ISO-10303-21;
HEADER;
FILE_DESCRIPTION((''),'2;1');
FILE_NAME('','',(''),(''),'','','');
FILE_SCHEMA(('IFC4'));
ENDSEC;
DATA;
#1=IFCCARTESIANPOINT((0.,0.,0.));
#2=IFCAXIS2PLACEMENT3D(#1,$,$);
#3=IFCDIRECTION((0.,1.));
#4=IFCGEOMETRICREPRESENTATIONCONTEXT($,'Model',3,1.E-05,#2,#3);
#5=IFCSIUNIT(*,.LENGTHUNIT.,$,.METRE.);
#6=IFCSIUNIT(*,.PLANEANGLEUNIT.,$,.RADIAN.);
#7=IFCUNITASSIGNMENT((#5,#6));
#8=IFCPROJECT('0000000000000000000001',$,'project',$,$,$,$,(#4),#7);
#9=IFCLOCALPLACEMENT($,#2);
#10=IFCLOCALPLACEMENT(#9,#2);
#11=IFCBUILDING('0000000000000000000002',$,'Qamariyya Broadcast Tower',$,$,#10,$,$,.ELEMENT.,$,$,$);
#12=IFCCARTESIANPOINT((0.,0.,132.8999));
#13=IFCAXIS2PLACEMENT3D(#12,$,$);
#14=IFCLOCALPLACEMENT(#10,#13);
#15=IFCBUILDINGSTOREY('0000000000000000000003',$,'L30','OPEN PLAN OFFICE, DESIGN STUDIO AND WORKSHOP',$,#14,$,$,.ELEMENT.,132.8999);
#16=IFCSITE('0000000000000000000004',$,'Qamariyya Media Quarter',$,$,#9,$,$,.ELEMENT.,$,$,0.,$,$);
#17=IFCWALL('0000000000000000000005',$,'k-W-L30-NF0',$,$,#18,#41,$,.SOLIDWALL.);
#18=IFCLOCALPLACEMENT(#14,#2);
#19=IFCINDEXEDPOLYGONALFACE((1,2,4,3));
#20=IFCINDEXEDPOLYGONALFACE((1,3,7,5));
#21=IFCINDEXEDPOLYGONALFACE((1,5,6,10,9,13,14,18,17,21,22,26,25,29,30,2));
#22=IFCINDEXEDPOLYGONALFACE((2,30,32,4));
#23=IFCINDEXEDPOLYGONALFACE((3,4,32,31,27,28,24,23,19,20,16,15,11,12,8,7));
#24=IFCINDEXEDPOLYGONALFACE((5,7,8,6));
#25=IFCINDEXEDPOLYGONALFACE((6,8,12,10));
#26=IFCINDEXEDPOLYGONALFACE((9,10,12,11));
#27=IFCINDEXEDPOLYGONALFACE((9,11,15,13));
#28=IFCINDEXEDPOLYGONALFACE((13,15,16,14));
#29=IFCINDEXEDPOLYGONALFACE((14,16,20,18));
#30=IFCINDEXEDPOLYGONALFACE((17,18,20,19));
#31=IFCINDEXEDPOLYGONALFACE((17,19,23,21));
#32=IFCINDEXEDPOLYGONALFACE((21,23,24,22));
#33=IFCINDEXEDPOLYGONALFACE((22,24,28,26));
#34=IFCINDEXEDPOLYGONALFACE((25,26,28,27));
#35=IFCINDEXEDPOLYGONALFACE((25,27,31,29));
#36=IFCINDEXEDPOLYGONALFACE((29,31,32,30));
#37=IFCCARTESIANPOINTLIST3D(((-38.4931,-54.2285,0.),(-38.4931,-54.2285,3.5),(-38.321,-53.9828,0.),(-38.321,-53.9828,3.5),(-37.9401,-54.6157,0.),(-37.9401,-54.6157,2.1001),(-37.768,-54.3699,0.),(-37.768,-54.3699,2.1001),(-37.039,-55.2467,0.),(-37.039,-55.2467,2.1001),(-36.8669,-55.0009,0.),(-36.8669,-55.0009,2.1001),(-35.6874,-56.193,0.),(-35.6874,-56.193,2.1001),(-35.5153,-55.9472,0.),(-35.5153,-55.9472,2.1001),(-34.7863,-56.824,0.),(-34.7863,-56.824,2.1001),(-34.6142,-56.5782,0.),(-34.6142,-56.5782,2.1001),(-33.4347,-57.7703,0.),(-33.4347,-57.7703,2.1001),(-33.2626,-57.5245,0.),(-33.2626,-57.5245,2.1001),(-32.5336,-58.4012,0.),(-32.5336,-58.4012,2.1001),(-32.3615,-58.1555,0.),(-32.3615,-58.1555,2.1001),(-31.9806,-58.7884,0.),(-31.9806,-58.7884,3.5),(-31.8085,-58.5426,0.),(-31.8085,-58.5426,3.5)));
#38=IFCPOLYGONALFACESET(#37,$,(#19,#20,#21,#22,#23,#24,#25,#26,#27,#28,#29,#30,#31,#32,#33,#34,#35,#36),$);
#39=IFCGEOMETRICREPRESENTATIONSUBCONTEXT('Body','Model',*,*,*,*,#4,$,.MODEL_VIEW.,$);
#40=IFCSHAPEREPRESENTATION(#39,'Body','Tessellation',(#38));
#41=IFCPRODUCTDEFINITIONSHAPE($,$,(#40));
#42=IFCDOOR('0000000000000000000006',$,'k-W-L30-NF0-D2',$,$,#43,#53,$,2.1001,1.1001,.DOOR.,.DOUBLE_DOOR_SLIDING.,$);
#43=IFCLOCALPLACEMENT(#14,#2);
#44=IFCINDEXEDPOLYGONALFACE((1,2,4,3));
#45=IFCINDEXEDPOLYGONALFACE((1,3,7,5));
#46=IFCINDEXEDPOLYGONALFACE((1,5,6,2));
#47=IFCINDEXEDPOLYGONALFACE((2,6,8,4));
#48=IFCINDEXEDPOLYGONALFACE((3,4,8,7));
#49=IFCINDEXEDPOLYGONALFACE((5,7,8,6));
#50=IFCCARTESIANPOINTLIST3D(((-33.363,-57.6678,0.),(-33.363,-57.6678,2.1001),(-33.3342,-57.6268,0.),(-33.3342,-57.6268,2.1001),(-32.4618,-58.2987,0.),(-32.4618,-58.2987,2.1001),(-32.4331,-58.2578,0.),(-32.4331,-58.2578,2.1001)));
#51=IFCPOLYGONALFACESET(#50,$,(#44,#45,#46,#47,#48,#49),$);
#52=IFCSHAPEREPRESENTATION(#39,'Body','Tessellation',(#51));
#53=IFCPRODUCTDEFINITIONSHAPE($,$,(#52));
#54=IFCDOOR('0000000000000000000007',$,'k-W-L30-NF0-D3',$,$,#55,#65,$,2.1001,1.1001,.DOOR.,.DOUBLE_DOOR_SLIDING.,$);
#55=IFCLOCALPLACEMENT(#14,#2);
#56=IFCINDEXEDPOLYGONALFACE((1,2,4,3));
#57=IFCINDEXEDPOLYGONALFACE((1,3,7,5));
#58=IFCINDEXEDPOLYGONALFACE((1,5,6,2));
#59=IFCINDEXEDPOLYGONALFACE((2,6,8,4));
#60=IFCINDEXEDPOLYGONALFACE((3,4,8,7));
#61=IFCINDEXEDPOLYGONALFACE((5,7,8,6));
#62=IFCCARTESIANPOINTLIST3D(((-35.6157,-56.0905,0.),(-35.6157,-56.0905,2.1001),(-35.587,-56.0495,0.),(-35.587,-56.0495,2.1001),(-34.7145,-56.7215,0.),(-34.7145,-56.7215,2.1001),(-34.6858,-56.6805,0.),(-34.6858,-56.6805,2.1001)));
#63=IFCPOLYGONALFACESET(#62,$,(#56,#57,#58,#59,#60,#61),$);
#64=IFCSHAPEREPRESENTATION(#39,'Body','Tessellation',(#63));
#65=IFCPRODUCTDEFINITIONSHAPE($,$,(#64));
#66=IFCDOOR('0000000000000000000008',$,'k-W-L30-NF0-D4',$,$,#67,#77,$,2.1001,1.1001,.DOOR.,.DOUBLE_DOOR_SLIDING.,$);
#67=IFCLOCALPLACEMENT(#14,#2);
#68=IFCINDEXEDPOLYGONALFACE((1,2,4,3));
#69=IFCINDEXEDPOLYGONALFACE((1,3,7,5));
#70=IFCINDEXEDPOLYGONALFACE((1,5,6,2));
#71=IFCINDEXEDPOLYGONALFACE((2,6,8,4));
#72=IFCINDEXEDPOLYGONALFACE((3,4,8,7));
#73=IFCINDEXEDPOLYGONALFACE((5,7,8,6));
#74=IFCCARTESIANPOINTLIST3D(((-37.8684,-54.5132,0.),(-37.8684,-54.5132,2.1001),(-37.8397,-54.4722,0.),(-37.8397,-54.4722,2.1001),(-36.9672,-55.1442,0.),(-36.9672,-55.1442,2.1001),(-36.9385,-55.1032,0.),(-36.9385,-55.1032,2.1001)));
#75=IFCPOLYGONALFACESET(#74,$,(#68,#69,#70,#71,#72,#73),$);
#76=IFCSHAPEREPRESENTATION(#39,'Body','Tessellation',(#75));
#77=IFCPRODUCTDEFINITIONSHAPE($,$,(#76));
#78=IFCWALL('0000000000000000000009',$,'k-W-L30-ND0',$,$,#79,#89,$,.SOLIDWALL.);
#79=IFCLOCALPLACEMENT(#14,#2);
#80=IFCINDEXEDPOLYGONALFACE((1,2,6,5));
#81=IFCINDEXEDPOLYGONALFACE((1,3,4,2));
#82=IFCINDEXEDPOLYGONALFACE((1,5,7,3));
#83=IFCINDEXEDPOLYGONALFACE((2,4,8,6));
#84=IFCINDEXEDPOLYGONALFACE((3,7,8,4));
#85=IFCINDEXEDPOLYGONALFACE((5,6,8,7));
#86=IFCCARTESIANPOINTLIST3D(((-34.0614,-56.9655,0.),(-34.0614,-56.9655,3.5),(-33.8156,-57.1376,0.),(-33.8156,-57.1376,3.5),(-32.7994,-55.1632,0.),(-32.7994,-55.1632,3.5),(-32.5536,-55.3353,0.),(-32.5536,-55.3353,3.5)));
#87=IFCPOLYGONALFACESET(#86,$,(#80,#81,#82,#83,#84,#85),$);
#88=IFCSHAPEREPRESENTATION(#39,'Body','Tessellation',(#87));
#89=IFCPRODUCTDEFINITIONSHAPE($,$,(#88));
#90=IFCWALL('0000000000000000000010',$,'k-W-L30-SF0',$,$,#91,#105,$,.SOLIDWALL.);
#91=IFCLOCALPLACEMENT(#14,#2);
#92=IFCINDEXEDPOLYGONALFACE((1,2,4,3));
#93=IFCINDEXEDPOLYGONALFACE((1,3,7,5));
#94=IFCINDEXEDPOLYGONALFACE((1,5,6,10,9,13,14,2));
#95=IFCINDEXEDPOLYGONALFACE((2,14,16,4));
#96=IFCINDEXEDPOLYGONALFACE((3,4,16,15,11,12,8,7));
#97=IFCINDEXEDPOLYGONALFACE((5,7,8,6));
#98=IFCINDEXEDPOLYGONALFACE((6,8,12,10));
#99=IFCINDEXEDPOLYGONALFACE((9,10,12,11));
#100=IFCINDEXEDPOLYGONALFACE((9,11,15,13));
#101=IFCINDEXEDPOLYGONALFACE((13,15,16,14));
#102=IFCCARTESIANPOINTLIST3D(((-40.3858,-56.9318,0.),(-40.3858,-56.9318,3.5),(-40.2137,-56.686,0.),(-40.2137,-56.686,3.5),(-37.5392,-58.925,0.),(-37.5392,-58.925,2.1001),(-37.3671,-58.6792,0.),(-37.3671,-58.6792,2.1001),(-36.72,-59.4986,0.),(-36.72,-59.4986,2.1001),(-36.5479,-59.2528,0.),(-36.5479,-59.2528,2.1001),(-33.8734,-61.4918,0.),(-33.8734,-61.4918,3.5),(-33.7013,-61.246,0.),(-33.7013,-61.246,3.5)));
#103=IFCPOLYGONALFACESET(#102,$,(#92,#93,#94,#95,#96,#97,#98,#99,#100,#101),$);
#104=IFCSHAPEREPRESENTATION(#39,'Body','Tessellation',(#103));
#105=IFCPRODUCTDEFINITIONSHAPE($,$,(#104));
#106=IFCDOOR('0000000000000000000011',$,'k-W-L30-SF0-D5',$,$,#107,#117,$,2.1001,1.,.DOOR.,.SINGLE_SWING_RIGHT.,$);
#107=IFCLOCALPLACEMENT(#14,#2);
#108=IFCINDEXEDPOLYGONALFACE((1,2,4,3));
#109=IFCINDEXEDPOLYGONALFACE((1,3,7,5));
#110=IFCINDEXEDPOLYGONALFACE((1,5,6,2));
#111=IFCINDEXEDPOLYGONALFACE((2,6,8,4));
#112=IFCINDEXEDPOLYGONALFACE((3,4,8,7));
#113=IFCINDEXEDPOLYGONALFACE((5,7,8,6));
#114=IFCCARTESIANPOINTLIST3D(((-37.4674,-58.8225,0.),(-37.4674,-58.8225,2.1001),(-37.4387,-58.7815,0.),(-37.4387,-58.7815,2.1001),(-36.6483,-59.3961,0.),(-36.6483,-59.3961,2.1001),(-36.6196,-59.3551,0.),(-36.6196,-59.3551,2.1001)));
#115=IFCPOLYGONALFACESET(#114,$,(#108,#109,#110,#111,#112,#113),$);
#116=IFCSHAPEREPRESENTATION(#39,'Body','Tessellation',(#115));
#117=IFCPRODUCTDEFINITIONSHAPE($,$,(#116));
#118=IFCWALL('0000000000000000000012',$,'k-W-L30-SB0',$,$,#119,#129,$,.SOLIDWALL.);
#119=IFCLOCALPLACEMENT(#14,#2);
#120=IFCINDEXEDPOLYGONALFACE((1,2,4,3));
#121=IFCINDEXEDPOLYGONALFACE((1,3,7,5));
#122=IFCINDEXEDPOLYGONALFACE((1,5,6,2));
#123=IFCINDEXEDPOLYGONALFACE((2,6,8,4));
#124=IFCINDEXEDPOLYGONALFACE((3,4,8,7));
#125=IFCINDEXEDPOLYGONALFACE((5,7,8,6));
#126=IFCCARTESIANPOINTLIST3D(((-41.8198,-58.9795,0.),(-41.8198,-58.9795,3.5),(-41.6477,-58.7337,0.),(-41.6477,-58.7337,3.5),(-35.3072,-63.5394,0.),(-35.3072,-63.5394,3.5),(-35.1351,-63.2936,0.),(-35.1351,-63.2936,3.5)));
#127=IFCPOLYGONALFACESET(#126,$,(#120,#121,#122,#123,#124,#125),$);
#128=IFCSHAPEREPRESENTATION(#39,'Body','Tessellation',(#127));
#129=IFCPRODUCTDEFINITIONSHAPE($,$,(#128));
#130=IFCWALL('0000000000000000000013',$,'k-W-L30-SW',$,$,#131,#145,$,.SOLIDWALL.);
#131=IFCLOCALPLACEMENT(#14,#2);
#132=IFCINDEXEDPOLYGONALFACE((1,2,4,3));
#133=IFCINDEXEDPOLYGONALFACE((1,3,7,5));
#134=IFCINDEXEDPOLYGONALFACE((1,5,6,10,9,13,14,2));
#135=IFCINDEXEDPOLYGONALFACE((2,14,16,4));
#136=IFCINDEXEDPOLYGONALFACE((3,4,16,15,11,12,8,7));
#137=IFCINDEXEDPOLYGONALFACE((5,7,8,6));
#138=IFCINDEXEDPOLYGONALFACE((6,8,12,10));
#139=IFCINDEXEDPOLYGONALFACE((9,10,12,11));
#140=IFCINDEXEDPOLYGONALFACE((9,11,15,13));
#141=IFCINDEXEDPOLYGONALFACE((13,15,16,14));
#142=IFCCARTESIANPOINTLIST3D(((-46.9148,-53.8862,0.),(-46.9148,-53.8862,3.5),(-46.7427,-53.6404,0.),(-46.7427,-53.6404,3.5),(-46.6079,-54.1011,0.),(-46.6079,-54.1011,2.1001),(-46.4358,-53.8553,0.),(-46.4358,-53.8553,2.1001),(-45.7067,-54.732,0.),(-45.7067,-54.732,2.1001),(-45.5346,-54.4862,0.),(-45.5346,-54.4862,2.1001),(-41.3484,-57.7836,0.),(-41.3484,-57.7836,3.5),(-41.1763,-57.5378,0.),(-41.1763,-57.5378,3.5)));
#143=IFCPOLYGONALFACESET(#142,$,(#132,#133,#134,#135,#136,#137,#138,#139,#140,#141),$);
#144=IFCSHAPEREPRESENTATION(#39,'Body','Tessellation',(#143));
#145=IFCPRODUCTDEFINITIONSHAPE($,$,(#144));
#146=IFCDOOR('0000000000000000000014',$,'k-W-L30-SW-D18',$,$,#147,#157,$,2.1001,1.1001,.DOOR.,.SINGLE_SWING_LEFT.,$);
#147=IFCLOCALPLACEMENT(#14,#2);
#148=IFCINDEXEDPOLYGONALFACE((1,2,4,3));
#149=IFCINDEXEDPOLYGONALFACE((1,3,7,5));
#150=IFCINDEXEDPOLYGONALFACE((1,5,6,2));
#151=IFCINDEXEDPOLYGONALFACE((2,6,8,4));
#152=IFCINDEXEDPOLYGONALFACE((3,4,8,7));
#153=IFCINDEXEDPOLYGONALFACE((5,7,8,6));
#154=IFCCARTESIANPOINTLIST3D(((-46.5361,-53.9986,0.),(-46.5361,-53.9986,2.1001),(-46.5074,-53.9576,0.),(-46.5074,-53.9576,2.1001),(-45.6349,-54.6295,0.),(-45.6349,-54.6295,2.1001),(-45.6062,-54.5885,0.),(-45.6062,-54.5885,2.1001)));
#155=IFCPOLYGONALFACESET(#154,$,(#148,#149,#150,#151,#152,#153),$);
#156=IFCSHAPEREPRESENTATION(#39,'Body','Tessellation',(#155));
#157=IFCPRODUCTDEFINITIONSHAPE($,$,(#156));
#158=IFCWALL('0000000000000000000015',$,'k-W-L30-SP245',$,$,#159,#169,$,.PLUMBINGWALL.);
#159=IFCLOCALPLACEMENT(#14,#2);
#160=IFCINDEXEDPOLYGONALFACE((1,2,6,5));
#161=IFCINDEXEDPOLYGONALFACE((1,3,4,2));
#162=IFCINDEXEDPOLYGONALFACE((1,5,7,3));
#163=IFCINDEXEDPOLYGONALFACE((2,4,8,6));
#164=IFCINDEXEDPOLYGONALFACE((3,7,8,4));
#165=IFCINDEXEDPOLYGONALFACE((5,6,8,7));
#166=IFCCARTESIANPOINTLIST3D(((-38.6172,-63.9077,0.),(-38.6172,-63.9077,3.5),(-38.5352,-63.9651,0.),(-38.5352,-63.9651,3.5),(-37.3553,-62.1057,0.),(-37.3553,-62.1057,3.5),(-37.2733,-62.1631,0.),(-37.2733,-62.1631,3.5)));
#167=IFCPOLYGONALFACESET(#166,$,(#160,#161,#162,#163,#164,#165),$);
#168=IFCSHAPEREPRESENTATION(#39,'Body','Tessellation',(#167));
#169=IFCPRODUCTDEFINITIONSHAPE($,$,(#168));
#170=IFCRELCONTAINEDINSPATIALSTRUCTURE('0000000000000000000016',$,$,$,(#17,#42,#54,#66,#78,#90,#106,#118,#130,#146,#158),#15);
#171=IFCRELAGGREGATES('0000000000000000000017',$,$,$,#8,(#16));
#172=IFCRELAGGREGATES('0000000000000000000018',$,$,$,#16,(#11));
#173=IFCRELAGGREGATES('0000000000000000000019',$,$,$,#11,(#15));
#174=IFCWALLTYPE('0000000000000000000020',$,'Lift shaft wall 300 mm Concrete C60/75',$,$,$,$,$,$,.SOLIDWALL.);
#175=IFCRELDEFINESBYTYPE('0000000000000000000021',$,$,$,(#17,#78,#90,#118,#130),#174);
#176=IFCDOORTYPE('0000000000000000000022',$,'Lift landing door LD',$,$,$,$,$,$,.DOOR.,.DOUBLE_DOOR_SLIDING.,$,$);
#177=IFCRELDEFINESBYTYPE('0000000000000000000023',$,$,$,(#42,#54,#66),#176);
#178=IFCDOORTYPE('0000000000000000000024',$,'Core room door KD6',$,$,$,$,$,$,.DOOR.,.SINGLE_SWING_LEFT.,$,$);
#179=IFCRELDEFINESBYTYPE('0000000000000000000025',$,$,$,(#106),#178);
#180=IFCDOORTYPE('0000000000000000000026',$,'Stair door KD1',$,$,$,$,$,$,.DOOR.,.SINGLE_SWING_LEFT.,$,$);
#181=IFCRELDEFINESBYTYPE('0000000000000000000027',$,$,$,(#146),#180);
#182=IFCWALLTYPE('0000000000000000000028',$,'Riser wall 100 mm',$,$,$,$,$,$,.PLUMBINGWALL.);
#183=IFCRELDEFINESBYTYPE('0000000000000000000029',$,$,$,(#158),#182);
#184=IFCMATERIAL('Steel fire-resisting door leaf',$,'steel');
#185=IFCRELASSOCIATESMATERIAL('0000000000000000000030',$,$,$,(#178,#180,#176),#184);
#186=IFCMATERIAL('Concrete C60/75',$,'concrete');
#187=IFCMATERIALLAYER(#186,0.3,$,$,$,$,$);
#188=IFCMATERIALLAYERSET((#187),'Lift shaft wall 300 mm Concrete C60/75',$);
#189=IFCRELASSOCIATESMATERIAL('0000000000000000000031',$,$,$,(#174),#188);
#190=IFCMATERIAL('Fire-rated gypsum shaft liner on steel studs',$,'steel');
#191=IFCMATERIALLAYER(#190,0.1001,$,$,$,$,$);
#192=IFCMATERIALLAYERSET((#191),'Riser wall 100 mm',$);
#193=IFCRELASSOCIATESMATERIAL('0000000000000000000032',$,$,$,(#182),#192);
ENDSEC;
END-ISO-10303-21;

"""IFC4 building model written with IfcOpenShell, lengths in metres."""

from ifc_helpers import new_model, si_unit, direction, frame, frame_2d, origin, place, context, subcontext, project, spatial, rectangle, extrude, material, layer, layer_set, type_object, element, fill, save


model = new_model("IFC4")

# Units and contexts
model_context = context("Model", 3, precision=1e-05, world=origin(), true_north=direction((0.0, 1.0)))
body_context = subcontext(model_context, "Body", "Model", "MODEL_VIEW")
ifc_project = project(units=[si_unit("LENGTHUNIT", "METRE"), si_unit("PLANEANGLEUNIT", "RADIAN")], contexts=[model_context])

# Site, building, storey
site_placement = place(None, origin())
site = spatial("IfcSite", under=ifc_project, at=site_placement, Name="Qamariyya Media Quarter", CompositionType="ELEMENT", RefElevation=0.0)
building_placement = place(site_placement, origin())
building = spatial("IfcBuilding", under=site, at=building_placement, Name="Qamariyya Broadcast Tower", CompositionType="ELEMENT")
storey_placement = place(building_placement, frame((0.0, 0.0, 132.8999)))
storey = spatial("IfcBuildingStorey", under=building, at=storey_placement, Name="L30", Description="OPEN PLAN OFFICE, DESIGN STUDIO AND WORKSHOP", CompositionType="ELEMENT", Elevation=132.8999)

# Wall, openings, doors
ifc_material_1 = material(Name="Steel fire-resisting door leaf", Category="steel")
door_type_1 = type_object("IfcDoorType", Name="Core room door KD6", OperationType="SINGLE_SWING_LEFT", PredefinedType="DOOR", material=ifc_material_1)
door_type_2 = type_object("IfcDoorType", Name="Stair door KD1", OperationType="SINGLE_SWING_LEFT", PredefinedType="DOOR", material=ifc_material_1)
ifc_material_2 = material(Name="Concrete C60/75", Category="concrete")
ifc_layer_1 = layer(ifc_material_2, 0.3)
ifc_layer_set_1 = layer_set([ifc_layer_1], Name="Lift shaft wall 300 mm Concrete C60/75")
wall_type_1 = type_object("IfcWallType", Name="Lift shaft wall 300 mm Concrete C60/75", PredefinedType="SOLIDWALL", material=ifc_layer_set_1)
wall_1_placement = place(storey_placement, frame((-31.8945, -58.6655, 0.0), z_axis=(0.0, 0.0, 1.0), x_axis=(-0.819167, 0.573555, 0.0)))
wall_1 = element("IfcWall", 1, at=wall_1_placement, inside=storey, type_object=wall_type_1, Name="k-W-L30-NF0", PredefinedType="SOLIDWALL", context=body_context, shape_type="SweptSolid", body=[
    extrude(rectangle(XDim=7.9502, YDim=0.3, at=frame_2d((3.9751, 0.0))), origin(), (0.0, 0.0, 1.0), 3.5),
])
opening_1_placement = place(wall_1_placement, frame((0.675, 0.0, 0.0)))
opening_1 = element("IfcOpeningElement", 2, at=opening_1_placement, cuts=wall_1, PredefinedType="OPENING", context=body_context, shape_type="SweptSolid", body=[
    extrude(rectangle(XDim=1.1001, YDim=2.1001, at=frame_2d((0.55, 1.05))), frame((0.0, 0.1599, 0.0), z_axis=(0.0, -1.0, 0.0), x_axis=(1.0, 0.0, 0.0)), (0.0, 0.0, 1.0), 0.3201),
])
opening_2_placement = place(wall_1_placement, frame((3.425, 0.0, 0.0)))
opening_2 = element("IfcOpeningElement", 3, at=opening_2_placement, cuts=wall_1, PredefinedType="OPENING", context=body_context, shape_type="SweptSolid", body=[
    extrude(rectangle(XDim=1.1001, YDim=2.1001, at=frame_2d((0.55, 1.05))), frame((0.0, 0.1599, 0.0), z_axis=(0.0, -1.0, 0.0), x_axis=(1.0, 0.0, 0.0)), (0.0, 0.0, 1.0), 0.3201),
])
opening_3_placement = place(wall_1_placement, frame((6.175, 0.0, 0.0)))
opening_3 = element("IfcOpeningElement", 4, at=opening_3_placement, cuts=wall_1, PredefinedType="OPENING", context=body_context, shape_type="SweptSolid", body=[
    extrude(rectangle(XDim=1.1001, YDim=2.1001, at=frame_2d((0.55, 1.05))), frame((0.0, 0.1599, 0.0), z_axis=(0.0, -1.0, 0.0), x_axis=(1.0, 0.0, 0.0)), (0.0, 0.0, 1.0), 0.3201),
])
door_type_3 = type_object("IfcDoorType", Name="Lift landing door LD", OperationType="DOUBLE_DOOR_SLIDING", PredefinedType="DOOR", material=ifc_material_1)
door_1_placement = place(opening_1_placement, origin())
door_1 = element("IfcDoor", 5, at=door_1_placement, inside=storey, type_object=door_type_3, Name="k-W-L30-NF0-D2", OperationType="DOUBLE_DOOR_SLIDING", OverallHeight=2.1001, OverallWidth=1.1001, PredefinedType="DOOR", context=body_context, shape_type="SweptSolid", body=[
    extrude(rectangle(XDim=1.1001, YDim=2.1001, at=frame_2d((0.55, 1.05))), frame((0.0, 0.0249, 0.0), z_axis=(0.0, -1.0, 0.0), x_axis=(1.0, 0.0, 0.0)), (0.0, 0.0, 1.0), 0.05),
])
fill(opening_1, door_1)
door_2_placement = place(opening_2_placement, origin())
door_2 = element("IfcDoor", 6, at=door_2_placement, inside=storey, type_object=door_type_3, Name="k-W-L30-NF0-D3", OperationType="DOUBLE_DOOR_SLIDING", OverallHeight=2.1001, OverallWidth=1.1001, PredefinedType="DOOR", context=body_context, shape_type="SweptSolid", body=[
    extrude(rectangle(XDim=1.1001, YDim=2.1001, at=frame_2d((0.55, 1.05))), frame((0.0, 0.0249, 0.0), z_axis=(0.0, -1.0, 0.0), x_axis=(1.0, 0.0, 0.0)), (0.0, 0.0, 1.0), 0.05),
])
fill(opening_2, door_2)
door_3_placement = place(opening_3_placement, origin())
door_3 = element("IfcDoor", 7, at=door_3_placement, inside=storey, type_object=door_type_3, Name="k-W-L30-NF0-D4", OperationType="DOUBLE_DOOR_SLIDING", OverallHeight=2.1001, OverallWidth=1.1001, PredefinedType="DOOR", context=body_context, shape_type="SweptSolid", body=[
    extrude(rectangle(XDim=1.1001, YDim=2.1001, at=frame_2d((0.55, 1.05))), frame((0.0, 0.0249, 0.0), z_axis=(0.0, -1.0, 0.0), x_axis=(1.0, 0.0, 0.0)), (0.0, 0.0, 1.0), 0.05),
])
fill(opening_3, door_3)

# Wall
wall_2_placement = place(storey_placement, frame((-33.9385, -57.0515, 0.0), z_axis=(0.0, 0.0, 1.0), x_axis=(0.573581, 0.819149, 0.0)))
element("IfcWall", 8, at=wall_2_placement, inside=storey, type_object=wall_type_1, Name="k-W-L30-ND0", PredefinedType="SOLIDWALL", context=body_context, shape_type="SweptSolid", body=[
    extrude(rectangle(XDim=2.2002, YDim=0.3, at=frame_2d((1.1001, 0.0))), origin(), (0.0, 0.0, 1.0), 3.5),
])

# Wall, opening, door
wall_3_placement = place(storey_placement, frame((-33.7874, -61.3689, 0.0), z_axis=(0.0, 0.0, 1.0), x_axis=(-0.819153, 0.573576, 0.0)))
wall_3 = element("IfcWall", 9, at=wall_3_placement, inside=storey, type_object=wall_type_1, Name="k-W-L30-SF0", PredefinedType="SOLIDWALL", context=body_context, shape_type="SweptSolid", body=[
    extrude(rectangle(XDim=7.9502, YDim=0.3, at=frame_2d((3.9751, 0.0))), origin(), (0.0, 0.0, 1.0), 3.5),
])
opening_4_placement = place(wall_3_placement, frame((3.4751, 0.0, 0.0)))
opening_4 = element("IfcOpeningElement", 10, at=opening_4_placement, cuts=wall_3, PredefinedType="OPENING", context=body_context, shape_type="SweptSolid", body=[
    extrude(rectangle(XDim=1.0, YDim=2.1001, at=frame_2d((0.5, 1.05))), frame((0.0, 0.1599, 0.0), z_axis=(0.0, -1.0, 0.0), x_axis=(1.0, 0.0, 0.0)), (0.0, 0.0, 1.0), 0.3201),
])
door_4_placement = place(opening_4_placement, origin())
door_4 = element("IfcDoor", 11, at=door_4_placement, inside=storey, type_object=door_type_1, Name="k-W-L30-SF0-D5", OperationType="SINGLE_SWING_RIGHT", OverallHeight=2.1001, OverallWidth=1.0, PredefinedType="DOOR", context=body_context, shape_type="SweptSolid", body=[
    extrude(rectangle(XDim=1.0, YDim=2.1001, at=frame_2d((0.5, 1.05))), frame((0.0, 0.0249, 0.0), z_axis=(0.0, -1.0, 0.0), x_axis=(1.0, 0.0, 0.0)), (0.0, 0.0, 1.0), 0.05),
])
fill(opening_4, door_4)

# Wall
wall_4_placement = place(storey_placement, frame((-35.2212, -63.4165, 0.0), z_axis=(0.0, 0.0, 1.0), x_axis=(-0.819167, 0.573555, 0.0)))
element("IfcWall", 12, at=wall_4_placement, inside=storey, type_object=wall_type_1, Name="k-W-L30-SB0", PredefinedType="SOLIDWALL", context=body_context, shape_type="SweptSolid", body=[
    extrude(rectangle(XDim=7.9502, YDim=0.3, at=frame_2d((3.9751, 0.0))), origin(), (0.0, 0.0, 1.0), 3.5),
])

# Wall, opening, door
wall_5_placement = place(storey_placement, frame((-41.2625, -57.6606, 0.0), z_axis=(0.0, 0.0, 1.0), x_axis=(-0.819164, 0.573559, 0.0)))
wall_5 = element("IfcWall", 13, at=wall_5_placement, inside=storey, type_object=wall_type_1, Name="k-W-L30-SW", PredefinedType="SOLIDWALL", context=body_context, shape_type="SweptSolid", body=[
    extrude(rectangle(XDim=6.7952, YDim=0.3, at=frame_2d((3.3975, 0.0))), origin(), (0.0, 0.0, 1.0), 3.5),
])
opening_5_placement = place(wall_5_placement, frame((5.3203, 0.0, 0.0)))
opening_5 = element("IfcOpeningElement", 14, at=opening_5_placement, cuts=wall_5, PredefinedType="OPENING", context=body_context, shape_type="SweptSolid", body=[
    extrude(rectangle(XDim=1.1001, YDim=2.1001, at=frame_2d((0.55, 1.05))), frame((0.0, 0.1599, 0.0), z_axis=(0.0, -1.0, 0.0), x_axis=(1.0, 0.0, 0.0)), (0.0, 0.0, 1.0), 0.3201),
])
door_5_placement = place(opening_5_placement, origin())
door_5 = element("IfcDoor", 15, at=door_5_placement, inside=storey, type_object=door_type_2, Name="k-W-L30-SW-D18", OperationType="SINGLE_SWING_LEFT", OverallHeight=2.1001, OverallWidth=1.1001, PredefinedType="DOOR", context=body_context, shape_type="SweptSolid", body=[
    extrude(rectangle(XDim=1.1001, YDim=2.1001, at=frame_2d((0.55, 1.05))), frame((0.0, 0.0249, 0.0), z_axis=(0.0, -1.0, 0.0), x_axis=(1.0, 0.0, 0.0)), (0.0, 0.0, 1.0), 0.05),
])
fill(opening_5, door_5)

# Wall
ifc_material_3 = material(Name="Fire-rated gypsum shaft liner on steel studs", Category="steel")
ifc_layer_2 = layer(ifc_material_3, 0.1001)
ifc_layer_set_2 = layer_set([ifc_layer_2], Name="Riser wall 100 mm")
wall_type_2 = type_object("IfcWallType", Name="Riser wall 100 mm", PredefinedType="PLUMBINGWALL", material=ifc_layer_set_2)
wall_6_placement = place(storey_placement, frame((-37.3142, -62.1343, 0.0), z_axis=(0.0, 0.0, 1.0), x_axis=(-0.573634, -0.819112, 0.0)))
element("IfcWall", 16, at=wall_6_placement, inside=storey, type_object=wall_type_2, Name="k-W-L30-SP245", PredefinedType="PLUMBINGWALL", context=body_context, shape_type="SweptSolid", body=[
    extrude(rectangle(XDim=2.2, YDim=0.1001, at=frame_2d((1.1001, 0.0))), origin(), (0.0, 0.0, 1.0), 3.5),
])

save(model, "model.ifc")
